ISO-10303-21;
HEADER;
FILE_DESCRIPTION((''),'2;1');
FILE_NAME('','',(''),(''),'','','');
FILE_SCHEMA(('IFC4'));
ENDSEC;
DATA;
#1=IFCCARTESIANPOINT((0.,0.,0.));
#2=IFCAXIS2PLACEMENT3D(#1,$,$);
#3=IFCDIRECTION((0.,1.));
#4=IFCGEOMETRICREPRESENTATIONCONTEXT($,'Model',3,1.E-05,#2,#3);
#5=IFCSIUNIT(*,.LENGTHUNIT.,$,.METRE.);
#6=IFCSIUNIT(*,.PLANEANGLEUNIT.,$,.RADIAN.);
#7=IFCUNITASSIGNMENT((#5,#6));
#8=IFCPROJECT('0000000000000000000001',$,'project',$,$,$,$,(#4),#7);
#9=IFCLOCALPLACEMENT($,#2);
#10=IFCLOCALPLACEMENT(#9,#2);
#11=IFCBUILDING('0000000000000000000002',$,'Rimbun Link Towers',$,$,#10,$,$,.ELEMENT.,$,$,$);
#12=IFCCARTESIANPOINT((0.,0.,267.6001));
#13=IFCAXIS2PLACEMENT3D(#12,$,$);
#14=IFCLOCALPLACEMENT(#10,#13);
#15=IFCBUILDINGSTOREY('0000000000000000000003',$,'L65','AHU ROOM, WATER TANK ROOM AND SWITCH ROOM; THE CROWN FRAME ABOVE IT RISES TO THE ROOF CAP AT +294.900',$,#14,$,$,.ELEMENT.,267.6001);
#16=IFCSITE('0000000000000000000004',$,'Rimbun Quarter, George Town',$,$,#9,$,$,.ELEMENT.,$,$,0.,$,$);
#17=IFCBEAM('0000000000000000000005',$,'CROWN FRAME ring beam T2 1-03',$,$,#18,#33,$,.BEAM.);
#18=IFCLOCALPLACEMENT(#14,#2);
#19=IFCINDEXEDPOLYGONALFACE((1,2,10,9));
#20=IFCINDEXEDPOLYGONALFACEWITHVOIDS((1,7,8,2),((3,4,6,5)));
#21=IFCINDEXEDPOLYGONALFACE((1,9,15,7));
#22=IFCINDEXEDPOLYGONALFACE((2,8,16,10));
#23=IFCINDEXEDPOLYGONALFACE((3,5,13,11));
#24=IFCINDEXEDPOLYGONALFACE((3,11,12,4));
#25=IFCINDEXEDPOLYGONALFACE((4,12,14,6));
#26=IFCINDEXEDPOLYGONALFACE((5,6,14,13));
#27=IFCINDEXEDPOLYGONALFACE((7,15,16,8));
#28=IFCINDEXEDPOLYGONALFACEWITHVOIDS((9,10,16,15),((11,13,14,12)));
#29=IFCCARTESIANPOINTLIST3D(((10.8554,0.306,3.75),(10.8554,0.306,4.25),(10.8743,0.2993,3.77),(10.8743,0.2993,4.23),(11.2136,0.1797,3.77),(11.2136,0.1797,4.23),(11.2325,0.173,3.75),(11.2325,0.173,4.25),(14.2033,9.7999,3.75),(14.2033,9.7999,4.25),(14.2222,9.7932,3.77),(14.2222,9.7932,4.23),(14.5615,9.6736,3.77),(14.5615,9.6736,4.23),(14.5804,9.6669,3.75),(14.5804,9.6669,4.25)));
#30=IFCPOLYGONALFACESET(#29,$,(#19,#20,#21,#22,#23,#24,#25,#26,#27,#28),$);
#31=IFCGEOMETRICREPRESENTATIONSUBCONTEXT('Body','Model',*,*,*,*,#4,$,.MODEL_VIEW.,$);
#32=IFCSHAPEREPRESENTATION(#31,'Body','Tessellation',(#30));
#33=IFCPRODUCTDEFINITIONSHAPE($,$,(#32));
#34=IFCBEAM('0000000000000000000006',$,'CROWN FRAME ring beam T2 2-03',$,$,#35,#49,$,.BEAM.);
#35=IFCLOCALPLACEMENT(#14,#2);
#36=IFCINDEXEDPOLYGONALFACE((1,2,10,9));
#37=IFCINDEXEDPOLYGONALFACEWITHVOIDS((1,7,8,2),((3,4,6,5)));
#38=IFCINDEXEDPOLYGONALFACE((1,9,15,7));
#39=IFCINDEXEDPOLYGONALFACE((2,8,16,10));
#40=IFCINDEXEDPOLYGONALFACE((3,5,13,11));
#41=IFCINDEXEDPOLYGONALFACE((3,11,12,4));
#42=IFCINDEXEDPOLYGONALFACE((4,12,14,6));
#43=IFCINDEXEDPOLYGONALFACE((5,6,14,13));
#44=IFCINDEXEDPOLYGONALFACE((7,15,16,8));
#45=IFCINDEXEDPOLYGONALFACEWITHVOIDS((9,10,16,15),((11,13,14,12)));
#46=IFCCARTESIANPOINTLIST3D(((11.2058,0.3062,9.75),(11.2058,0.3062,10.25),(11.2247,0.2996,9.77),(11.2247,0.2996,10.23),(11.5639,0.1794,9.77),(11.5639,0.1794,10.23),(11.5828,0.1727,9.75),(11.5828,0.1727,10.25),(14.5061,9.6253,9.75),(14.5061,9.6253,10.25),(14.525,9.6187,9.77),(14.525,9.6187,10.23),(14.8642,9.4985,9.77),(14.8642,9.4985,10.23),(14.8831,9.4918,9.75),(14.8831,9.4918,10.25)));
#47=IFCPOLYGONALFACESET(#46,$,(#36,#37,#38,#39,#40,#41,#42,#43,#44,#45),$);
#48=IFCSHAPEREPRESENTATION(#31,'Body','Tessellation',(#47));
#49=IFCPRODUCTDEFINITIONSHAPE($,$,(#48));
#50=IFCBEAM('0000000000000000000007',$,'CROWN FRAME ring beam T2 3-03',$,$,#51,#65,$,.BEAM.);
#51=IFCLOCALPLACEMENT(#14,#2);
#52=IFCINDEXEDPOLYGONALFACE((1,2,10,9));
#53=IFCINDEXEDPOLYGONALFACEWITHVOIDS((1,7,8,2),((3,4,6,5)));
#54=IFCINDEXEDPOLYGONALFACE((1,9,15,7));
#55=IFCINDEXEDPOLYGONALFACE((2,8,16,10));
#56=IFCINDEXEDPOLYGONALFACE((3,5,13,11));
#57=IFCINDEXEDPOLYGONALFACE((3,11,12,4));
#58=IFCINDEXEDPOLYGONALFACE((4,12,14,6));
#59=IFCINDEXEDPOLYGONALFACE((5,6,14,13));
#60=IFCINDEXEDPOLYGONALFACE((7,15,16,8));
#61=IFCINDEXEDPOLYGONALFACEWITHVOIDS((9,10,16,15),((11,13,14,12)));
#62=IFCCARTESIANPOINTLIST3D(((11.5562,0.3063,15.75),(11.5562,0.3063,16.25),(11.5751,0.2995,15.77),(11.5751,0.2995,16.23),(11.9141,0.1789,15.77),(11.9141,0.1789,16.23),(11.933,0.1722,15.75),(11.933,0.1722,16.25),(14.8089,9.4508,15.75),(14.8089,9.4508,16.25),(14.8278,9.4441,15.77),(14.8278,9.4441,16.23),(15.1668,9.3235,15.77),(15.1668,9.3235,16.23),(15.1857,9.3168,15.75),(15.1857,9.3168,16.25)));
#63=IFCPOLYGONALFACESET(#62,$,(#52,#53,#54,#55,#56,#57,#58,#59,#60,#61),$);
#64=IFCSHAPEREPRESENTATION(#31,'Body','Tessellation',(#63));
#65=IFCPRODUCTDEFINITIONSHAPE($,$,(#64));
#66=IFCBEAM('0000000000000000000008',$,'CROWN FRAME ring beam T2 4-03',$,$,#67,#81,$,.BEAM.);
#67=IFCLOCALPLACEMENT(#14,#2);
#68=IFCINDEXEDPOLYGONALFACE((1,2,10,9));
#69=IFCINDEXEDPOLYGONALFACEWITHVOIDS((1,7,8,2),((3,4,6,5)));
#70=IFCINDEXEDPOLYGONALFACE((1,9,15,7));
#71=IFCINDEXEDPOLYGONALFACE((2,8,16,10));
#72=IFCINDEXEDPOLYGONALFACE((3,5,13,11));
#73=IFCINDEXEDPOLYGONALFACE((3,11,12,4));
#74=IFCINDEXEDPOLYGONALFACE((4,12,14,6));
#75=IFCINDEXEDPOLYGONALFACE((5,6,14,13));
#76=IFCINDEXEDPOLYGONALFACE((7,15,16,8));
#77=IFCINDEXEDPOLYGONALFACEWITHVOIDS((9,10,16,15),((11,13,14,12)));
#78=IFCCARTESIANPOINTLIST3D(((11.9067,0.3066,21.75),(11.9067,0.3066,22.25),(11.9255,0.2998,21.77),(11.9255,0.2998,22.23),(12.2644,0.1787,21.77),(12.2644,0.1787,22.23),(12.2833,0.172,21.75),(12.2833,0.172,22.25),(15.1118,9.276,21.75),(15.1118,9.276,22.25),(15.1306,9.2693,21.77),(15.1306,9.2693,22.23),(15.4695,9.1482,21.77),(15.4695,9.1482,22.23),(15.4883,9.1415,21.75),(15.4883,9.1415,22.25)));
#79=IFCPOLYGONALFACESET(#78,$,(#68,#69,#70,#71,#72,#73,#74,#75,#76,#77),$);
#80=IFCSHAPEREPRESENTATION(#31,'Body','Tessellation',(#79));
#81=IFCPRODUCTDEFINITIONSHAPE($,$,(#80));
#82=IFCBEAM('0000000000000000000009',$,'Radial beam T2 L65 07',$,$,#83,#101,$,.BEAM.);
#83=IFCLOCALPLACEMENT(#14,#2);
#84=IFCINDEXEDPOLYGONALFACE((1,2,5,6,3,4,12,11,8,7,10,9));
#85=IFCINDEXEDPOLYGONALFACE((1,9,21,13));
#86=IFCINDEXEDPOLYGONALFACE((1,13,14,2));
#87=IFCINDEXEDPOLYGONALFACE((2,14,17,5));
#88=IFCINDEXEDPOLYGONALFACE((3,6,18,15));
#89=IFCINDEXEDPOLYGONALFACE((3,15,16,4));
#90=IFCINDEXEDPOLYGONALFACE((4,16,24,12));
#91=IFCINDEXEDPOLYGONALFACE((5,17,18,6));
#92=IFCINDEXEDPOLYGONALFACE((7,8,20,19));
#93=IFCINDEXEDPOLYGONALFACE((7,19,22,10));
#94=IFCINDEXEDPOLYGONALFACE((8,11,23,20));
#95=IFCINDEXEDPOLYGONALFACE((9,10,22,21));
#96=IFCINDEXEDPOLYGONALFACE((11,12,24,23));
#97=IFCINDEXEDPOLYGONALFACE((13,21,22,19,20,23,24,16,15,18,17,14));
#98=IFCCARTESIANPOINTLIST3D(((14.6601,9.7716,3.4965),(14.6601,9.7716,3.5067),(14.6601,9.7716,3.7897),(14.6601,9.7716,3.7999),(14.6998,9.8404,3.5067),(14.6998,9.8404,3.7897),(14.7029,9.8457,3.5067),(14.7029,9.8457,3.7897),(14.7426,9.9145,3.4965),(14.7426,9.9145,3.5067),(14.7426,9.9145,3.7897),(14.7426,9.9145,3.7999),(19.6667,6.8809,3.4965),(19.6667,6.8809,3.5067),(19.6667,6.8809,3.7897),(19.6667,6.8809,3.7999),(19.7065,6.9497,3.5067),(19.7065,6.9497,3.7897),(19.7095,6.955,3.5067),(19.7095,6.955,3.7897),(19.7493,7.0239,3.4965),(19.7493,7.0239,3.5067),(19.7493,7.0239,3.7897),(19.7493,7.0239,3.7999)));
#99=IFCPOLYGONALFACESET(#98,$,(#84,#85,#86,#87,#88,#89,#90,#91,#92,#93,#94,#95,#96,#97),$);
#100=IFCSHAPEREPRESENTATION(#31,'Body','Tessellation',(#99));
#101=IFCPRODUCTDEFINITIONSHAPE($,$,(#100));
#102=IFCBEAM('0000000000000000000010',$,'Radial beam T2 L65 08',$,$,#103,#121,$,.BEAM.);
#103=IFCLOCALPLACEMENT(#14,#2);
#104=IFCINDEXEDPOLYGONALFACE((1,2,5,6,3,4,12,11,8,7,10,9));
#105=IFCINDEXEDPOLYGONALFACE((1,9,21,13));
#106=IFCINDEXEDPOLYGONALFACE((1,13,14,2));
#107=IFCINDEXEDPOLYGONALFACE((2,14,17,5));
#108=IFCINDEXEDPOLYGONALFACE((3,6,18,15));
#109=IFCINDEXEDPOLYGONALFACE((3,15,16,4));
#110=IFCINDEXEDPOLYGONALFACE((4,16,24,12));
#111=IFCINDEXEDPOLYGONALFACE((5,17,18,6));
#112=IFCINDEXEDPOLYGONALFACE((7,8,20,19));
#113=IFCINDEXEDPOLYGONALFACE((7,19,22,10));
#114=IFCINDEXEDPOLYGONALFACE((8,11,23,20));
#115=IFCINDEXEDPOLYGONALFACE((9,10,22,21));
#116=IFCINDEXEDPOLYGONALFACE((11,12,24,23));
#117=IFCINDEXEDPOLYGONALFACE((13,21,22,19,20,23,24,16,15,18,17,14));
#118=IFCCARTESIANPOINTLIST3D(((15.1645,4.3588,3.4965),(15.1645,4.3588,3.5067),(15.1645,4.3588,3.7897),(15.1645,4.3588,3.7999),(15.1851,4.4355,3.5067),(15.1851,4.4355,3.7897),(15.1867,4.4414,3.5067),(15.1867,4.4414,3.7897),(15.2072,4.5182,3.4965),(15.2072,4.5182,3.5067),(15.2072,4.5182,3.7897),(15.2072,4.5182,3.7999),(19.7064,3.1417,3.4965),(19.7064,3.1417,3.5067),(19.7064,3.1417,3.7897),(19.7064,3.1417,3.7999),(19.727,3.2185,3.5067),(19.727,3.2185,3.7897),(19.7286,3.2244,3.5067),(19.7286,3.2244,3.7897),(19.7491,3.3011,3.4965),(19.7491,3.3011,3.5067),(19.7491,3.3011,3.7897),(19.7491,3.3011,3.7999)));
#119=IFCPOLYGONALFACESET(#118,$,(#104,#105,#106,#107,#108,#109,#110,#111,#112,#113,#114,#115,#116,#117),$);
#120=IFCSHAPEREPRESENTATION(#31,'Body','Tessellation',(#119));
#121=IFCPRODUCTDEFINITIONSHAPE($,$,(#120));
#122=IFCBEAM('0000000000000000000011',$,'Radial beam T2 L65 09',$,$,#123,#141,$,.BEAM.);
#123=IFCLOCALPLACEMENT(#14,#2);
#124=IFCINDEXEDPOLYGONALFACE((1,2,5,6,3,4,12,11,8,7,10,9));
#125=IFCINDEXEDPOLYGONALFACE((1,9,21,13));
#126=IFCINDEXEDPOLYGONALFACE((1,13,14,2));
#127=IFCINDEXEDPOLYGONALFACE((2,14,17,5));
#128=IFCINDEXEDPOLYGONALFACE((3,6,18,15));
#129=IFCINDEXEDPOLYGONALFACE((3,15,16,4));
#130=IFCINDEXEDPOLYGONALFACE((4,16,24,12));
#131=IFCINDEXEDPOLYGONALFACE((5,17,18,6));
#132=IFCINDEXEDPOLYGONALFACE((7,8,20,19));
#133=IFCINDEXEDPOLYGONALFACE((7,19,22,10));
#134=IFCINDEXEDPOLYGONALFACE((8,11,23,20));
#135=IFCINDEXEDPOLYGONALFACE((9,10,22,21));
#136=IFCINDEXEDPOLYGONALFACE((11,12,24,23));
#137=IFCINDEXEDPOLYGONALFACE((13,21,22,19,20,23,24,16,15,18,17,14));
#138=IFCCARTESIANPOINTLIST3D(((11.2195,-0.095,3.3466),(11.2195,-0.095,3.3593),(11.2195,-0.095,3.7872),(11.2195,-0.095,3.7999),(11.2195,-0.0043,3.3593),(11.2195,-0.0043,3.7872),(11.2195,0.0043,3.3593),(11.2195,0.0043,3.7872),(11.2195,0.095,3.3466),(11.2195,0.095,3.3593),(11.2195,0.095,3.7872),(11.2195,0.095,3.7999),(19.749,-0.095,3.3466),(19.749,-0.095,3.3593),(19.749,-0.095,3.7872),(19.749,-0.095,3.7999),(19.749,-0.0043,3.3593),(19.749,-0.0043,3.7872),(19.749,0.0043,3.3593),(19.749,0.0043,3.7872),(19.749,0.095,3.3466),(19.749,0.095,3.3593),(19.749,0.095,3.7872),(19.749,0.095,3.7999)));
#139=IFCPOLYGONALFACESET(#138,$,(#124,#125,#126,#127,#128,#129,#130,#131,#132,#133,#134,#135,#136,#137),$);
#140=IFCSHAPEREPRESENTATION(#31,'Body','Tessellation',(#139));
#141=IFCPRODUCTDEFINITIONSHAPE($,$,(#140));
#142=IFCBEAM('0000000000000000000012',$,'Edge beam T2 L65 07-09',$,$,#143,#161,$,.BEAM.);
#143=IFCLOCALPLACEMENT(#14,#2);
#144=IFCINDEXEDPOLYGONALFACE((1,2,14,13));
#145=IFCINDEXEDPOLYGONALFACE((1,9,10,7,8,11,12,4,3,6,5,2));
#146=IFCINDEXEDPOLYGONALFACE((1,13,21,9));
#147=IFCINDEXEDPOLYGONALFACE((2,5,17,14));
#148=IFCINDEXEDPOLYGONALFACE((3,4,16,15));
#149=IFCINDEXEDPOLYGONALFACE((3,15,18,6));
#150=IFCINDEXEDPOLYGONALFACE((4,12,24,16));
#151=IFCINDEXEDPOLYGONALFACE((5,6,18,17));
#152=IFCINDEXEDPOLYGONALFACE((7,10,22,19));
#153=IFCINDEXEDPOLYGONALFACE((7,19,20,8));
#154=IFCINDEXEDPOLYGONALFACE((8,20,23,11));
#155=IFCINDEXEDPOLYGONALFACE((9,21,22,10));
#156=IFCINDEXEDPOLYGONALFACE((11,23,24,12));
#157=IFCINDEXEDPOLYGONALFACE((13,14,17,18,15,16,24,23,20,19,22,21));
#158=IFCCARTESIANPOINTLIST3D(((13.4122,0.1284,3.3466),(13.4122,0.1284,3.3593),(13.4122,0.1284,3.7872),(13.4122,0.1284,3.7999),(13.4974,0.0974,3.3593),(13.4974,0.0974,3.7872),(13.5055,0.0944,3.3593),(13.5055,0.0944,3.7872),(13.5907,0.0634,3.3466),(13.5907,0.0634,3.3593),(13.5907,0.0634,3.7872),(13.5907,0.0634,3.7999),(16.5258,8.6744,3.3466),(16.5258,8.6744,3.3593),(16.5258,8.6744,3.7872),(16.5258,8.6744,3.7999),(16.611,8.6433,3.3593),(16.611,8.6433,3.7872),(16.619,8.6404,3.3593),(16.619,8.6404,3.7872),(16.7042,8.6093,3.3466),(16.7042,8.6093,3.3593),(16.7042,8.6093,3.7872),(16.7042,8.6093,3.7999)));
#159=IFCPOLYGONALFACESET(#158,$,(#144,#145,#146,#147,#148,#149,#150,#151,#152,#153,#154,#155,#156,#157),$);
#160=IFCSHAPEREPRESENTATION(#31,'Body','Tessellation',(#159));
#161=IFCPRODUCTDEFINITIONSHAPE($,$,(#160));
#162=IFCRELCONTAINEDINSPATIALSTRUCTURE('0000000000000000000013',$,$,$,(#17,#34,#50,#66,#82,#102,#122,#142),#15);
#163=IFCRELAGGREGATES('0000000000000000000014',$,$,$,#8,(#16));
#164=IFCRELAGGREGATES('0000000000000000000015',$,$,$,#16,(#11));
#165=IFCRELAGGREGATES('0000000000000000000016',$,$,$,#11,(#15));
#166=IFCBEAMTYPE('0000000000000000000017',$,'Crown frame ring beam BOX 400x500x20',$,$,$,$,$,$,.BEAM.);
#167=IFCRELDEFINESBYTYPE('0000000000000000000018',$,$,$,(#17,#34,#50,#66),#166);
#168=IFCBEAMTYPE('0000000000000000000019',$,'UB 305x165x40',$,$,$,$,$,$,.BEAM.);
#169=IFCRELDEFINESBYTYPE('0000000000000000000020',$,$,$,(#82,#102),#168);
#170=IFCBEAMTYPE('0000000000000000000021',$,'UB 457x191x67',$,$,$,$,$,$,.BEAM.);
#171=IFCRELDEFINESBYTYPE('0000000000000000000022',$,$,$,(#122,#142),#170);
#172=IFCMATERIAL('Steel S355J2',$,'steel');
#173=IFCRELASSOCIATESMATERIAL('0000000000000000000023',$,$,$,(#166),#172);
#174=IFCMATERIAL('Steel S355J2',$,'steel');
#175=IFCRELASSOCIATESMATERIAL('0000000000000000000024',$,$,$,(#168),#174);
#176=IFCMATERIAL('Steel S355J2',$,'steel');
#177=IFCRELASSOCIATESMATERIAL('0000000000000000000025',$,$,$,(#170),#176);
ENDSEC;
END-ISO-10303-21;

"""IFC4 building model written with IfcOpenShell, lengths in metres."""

from ifc_helpers import new_model, si_unit, direction, frame, origin, origin_2d, place, context, subcontext, project, spatial, hollow_rectangle, i_section, extrude, material, material_profile, profile_set, type_object, element, save


model = new_model("IFC4")

# Units and contexts
model_context = context("Model", 3, precision=1e-05, world=origin(), true_north=direction((0.0, 1.0)))
body_context = subcontext(model_context, "Body", "Model", "MODEL_VIEW")
ifc_project = project(units=[si_unit("LENGTHUNIT", "METRE"), si_unit("PLANEANGLEUNIT", "RADIAN")], contexts=[model_context])

# Site, building, storey
site_placement = place(None, origin())
site = spatial("IfcSite", under=ifc_project, at=site_placement, Name="Rimbun Quarter, George Town", CompositionType="ELEMENT", RefElevation=0.0)
building_placement = place(site_placement, origin())
building = spatial("IfcBuilding", under=site, at=building_placement, Name="Rimbun Link Towers", CompositionType="ELEMENT")
storey_placement = place(building_placement, frame((0.0, 0.0, 267.6001)))
storey = spatial("IfcBuildingStorey", under=building, at=storey_placement, Name="L65", Description="AHU ROOM, WATER TANK ROOM AND SWITCH ROOM; THE CROWN FRAME ABOVE IT RISES TO THE ROOF CAP AT +294.900", CompositionType="ELEMENT", Elevation=267.6001)

# Beams
ifc_material_1 = material(Name="Steel S355J2", Category="steel")
ifc_material_profile_1 = material_profile(ifc_material_1, hollow_rectangle(XDim=0.3999, YDim=0.5, WallThickness=0.02, at=origin_2d()), Name="Crown frame ring beam BOX 400x500x20")
ifc_profile_set_1 = profile_set([ifc_material_profile_1], Name="Steel S355J2")
beam_type_1 = type_object("IfcBeamType", Name="Crown frame ring beam BOX 400x500x20", PredefinedType="BEAM", material=ifc_profile_set_1)
beam_1_placement = place(storey_placement, frame((14.3918, 9.7334, 4.0), z_axis=(-0.332565, -0.94308, 0.0), x_axis=(0.94308, -0.332565, 0.0)))
element("IfcBeam", 1, at=beam_1_placement, inside=storey, type_object=beam_type_1, Name="CROWN FRAME ring beam T2 1-03", PredefinedType="BEAM", context=body_context, shape_type="SweptSolid", body=[
    extrude(hollow_rectangle(XDim=0.3999, YDim=0.5, WallThickness=0.02, at=origin_2d()), origin(), (0.0, 0.0, 1.0), 10.0669),
])
beam_2_placement = place(storey_placement, frame((14.6946, 9.5586, 10.0), z_axis=(-0.333827, -0.942634, 0.0), x_axis=(0.942634, -0.333827, 0.0)))
element("IfcBeam", 2, at=beam_2_placement, inside=storey, type_object=beam_type_1, Name="CROWN FRAME ring beam T2 2-03", PredefinedType="BEAM", context=body_context, shape_type="SweptSolid", body=[
    extrude(hollow_rectangle(XDim=0.3999, YDim=0.5, WallThickness=0.02, at=origin_2d()), origin(), (0.0, 0.0, 1.0), 9.8862),
])
beam_3_placement = place(storey_placement, frame((14.9973, 9.3838, 16.0), z_axis=(-0.335128, -0.942173, 0.0), x_axis=(0.942173, -0.335128, 0.0)))
element("IfcBeam", 3, at=beam_3_placement, inside=storey, type_object=beam_type_1, Name="CROWN FRAME ring beam T2 3-03", PredefinedType="BEAM", context=body_context, shape_type="SweptSolid", body=[
    extrude(hollow_rectangle(XDim=0.3999, YDim=0.5, WallThickness=0.02, at=origin_2d()), origin(), (0.0, 0.0, 1.0), 9.7058),
])
beam_4_placement = place(storey_placement, frame((15.3, 9.2087, 22.0), z_axis=(-0.336494, -0.941686, 0.0), x_axis=(0.941686, -0.336494, 0.0)))
element("IfcBeam", 4, at=beam_4_placement, inside=storey, type_object=beam_type_1, Name="CROWN FRAME ring beam T2 4-03", PredefinedType="BEAM", context=body_context, shape_type="SweptSolid", body=[
    extrude(hollow_rectangle(XDim=0.3999, YDim=0.5, WallThickness=0.02, at=origin_2d()), origin(), (0.0, 0.0, 1.0), 9.5249),
])
ifc_material_2 = material(Name="Steel S355J2", Category="steel")
ifc_material_profile_2 = material_profile(ifc_material_2, i_section(OverallWidth=0.165, OverallDepth=0.3035, WebThickness=0.0061, FlangeThickness=0.0103, at=origin_2d()), Name="UB 305x165x40")
ifc_profile_set_2 = profile_set([ifc_material_profile_2], Name="Steel S355J2")
beam_type_2 = type_object("IfcBeamType", Name="UB 305x165x40", PredefinedType="BEAM", material=ifc_profile_set_2)
beam_5_placement = place(storey_placement, frame((19.708, 6.9524, 3.6482), z_axis=(-0.86602, 0.500009, 0.0), x_axis=(-0.500009, -0.86602, 0.0)))
element("IfcBeam", 5, at=beam_5_placement, inside=storey, type_object=beam_type_2, Name="Radial beam T2 L65 07", PredefinedType="BEAM", context=body_context, shape_type="SweptSolid", body=[
    extrude(i_section(OverallWidth=0.165, OverallDepth=0.3035, WebThickness=0.0061, FlangeThickness=0.0103, at=origin_2d()), origin(), (0.0, 0.0, 1.0), 5.7812),
])
beam_6_placement = place(storey_placement, frame((19.7278, 3.2214, 3.6482), z_axis=(-0.965925, 0.258823, 0.0), x_axis=(-0.258823, -0.965925, 0.0)))
element("IfcBeam", 6, at=beam_6_placement, inside=storey, type_object=beam_type_2, Name="Radial beam T2 L65 08", PredefinedType="BEAM", context=body_context, shape_type="SweptSolid", body=[
    extrude(i_section(OverallWidth=0.165, OverallDepth=0.3035, WebThickness=0.0061, FlangeThickness=0.0103, at=origin_2d()), origin(), (0.0, 0.0, 1.0), 4.7021),
])
ifc_material_3 = material(Name="Steel S355J2", Category="steel")
ifc_material_profile_3 = material_profile(ifc_material_3, i_section(OverallWidth=0.1899, OverallDepth=0.4534, WebThickness=0.0085, FlangeThickness=0.0127, at=origin_2d()), Name="UB 457x191x67")
ifc_profile_set_3 = profile_set([ifc_material_profile_3], Name="Steel S355J2")
beam_type_3 = type_object("IfcBeamType", Name="UB 457x191x67", PredefinedType="BEAM", material=ifc_profile_set_3)
beam_7_placement = place(storey_placement, frame((19.749, 0.0, 3.5732), z_axis=(-1.0, 0.0, 0.0), x_axis=(0.0, -1.0, 0.0)))
element("IfcBeam", 7, at=beam_7_placement, inside=storey, type_object=beam_type_3, Name="Radial beam T2 L65 09", PredefinedType="BEAM", context=body_context, shape_type="SweptSolid", body=[
    extrude(i_section(OverallWidth=0.1899, OverallDepth=0.4534, WebThickness=0.0085, FlangeThickness=0.0127, at=origin_2d()), origin(), (0.0, 0.0, 1.0), 8.5295),
])
beam_8_placement = place(storey_placement, frame((16.615, 8.6418, 3.5732), z_axis=(-0.342318, -0.939584, 0.0), x_axis=(0.939584, -0.342318, 0.0)))
element("IfcBeam", 8, at=beam_8_placement, inside=storey, type_object=beam_type_3, Name="Edge beam T2 L65 07-09", PredefinedType="BEAM", context=body_context, shape_type="SweptSolid", body=[
    extrude(i_section(OverallWidth=0.1899, OverallDepth=0.4534, WebThickness=0.0085, FlangeThickness=0.0127, at=origin_2d()), origin(), (0.0, 0.0, 1.0), 9.0955),
])

save(model, "model.ifc")
